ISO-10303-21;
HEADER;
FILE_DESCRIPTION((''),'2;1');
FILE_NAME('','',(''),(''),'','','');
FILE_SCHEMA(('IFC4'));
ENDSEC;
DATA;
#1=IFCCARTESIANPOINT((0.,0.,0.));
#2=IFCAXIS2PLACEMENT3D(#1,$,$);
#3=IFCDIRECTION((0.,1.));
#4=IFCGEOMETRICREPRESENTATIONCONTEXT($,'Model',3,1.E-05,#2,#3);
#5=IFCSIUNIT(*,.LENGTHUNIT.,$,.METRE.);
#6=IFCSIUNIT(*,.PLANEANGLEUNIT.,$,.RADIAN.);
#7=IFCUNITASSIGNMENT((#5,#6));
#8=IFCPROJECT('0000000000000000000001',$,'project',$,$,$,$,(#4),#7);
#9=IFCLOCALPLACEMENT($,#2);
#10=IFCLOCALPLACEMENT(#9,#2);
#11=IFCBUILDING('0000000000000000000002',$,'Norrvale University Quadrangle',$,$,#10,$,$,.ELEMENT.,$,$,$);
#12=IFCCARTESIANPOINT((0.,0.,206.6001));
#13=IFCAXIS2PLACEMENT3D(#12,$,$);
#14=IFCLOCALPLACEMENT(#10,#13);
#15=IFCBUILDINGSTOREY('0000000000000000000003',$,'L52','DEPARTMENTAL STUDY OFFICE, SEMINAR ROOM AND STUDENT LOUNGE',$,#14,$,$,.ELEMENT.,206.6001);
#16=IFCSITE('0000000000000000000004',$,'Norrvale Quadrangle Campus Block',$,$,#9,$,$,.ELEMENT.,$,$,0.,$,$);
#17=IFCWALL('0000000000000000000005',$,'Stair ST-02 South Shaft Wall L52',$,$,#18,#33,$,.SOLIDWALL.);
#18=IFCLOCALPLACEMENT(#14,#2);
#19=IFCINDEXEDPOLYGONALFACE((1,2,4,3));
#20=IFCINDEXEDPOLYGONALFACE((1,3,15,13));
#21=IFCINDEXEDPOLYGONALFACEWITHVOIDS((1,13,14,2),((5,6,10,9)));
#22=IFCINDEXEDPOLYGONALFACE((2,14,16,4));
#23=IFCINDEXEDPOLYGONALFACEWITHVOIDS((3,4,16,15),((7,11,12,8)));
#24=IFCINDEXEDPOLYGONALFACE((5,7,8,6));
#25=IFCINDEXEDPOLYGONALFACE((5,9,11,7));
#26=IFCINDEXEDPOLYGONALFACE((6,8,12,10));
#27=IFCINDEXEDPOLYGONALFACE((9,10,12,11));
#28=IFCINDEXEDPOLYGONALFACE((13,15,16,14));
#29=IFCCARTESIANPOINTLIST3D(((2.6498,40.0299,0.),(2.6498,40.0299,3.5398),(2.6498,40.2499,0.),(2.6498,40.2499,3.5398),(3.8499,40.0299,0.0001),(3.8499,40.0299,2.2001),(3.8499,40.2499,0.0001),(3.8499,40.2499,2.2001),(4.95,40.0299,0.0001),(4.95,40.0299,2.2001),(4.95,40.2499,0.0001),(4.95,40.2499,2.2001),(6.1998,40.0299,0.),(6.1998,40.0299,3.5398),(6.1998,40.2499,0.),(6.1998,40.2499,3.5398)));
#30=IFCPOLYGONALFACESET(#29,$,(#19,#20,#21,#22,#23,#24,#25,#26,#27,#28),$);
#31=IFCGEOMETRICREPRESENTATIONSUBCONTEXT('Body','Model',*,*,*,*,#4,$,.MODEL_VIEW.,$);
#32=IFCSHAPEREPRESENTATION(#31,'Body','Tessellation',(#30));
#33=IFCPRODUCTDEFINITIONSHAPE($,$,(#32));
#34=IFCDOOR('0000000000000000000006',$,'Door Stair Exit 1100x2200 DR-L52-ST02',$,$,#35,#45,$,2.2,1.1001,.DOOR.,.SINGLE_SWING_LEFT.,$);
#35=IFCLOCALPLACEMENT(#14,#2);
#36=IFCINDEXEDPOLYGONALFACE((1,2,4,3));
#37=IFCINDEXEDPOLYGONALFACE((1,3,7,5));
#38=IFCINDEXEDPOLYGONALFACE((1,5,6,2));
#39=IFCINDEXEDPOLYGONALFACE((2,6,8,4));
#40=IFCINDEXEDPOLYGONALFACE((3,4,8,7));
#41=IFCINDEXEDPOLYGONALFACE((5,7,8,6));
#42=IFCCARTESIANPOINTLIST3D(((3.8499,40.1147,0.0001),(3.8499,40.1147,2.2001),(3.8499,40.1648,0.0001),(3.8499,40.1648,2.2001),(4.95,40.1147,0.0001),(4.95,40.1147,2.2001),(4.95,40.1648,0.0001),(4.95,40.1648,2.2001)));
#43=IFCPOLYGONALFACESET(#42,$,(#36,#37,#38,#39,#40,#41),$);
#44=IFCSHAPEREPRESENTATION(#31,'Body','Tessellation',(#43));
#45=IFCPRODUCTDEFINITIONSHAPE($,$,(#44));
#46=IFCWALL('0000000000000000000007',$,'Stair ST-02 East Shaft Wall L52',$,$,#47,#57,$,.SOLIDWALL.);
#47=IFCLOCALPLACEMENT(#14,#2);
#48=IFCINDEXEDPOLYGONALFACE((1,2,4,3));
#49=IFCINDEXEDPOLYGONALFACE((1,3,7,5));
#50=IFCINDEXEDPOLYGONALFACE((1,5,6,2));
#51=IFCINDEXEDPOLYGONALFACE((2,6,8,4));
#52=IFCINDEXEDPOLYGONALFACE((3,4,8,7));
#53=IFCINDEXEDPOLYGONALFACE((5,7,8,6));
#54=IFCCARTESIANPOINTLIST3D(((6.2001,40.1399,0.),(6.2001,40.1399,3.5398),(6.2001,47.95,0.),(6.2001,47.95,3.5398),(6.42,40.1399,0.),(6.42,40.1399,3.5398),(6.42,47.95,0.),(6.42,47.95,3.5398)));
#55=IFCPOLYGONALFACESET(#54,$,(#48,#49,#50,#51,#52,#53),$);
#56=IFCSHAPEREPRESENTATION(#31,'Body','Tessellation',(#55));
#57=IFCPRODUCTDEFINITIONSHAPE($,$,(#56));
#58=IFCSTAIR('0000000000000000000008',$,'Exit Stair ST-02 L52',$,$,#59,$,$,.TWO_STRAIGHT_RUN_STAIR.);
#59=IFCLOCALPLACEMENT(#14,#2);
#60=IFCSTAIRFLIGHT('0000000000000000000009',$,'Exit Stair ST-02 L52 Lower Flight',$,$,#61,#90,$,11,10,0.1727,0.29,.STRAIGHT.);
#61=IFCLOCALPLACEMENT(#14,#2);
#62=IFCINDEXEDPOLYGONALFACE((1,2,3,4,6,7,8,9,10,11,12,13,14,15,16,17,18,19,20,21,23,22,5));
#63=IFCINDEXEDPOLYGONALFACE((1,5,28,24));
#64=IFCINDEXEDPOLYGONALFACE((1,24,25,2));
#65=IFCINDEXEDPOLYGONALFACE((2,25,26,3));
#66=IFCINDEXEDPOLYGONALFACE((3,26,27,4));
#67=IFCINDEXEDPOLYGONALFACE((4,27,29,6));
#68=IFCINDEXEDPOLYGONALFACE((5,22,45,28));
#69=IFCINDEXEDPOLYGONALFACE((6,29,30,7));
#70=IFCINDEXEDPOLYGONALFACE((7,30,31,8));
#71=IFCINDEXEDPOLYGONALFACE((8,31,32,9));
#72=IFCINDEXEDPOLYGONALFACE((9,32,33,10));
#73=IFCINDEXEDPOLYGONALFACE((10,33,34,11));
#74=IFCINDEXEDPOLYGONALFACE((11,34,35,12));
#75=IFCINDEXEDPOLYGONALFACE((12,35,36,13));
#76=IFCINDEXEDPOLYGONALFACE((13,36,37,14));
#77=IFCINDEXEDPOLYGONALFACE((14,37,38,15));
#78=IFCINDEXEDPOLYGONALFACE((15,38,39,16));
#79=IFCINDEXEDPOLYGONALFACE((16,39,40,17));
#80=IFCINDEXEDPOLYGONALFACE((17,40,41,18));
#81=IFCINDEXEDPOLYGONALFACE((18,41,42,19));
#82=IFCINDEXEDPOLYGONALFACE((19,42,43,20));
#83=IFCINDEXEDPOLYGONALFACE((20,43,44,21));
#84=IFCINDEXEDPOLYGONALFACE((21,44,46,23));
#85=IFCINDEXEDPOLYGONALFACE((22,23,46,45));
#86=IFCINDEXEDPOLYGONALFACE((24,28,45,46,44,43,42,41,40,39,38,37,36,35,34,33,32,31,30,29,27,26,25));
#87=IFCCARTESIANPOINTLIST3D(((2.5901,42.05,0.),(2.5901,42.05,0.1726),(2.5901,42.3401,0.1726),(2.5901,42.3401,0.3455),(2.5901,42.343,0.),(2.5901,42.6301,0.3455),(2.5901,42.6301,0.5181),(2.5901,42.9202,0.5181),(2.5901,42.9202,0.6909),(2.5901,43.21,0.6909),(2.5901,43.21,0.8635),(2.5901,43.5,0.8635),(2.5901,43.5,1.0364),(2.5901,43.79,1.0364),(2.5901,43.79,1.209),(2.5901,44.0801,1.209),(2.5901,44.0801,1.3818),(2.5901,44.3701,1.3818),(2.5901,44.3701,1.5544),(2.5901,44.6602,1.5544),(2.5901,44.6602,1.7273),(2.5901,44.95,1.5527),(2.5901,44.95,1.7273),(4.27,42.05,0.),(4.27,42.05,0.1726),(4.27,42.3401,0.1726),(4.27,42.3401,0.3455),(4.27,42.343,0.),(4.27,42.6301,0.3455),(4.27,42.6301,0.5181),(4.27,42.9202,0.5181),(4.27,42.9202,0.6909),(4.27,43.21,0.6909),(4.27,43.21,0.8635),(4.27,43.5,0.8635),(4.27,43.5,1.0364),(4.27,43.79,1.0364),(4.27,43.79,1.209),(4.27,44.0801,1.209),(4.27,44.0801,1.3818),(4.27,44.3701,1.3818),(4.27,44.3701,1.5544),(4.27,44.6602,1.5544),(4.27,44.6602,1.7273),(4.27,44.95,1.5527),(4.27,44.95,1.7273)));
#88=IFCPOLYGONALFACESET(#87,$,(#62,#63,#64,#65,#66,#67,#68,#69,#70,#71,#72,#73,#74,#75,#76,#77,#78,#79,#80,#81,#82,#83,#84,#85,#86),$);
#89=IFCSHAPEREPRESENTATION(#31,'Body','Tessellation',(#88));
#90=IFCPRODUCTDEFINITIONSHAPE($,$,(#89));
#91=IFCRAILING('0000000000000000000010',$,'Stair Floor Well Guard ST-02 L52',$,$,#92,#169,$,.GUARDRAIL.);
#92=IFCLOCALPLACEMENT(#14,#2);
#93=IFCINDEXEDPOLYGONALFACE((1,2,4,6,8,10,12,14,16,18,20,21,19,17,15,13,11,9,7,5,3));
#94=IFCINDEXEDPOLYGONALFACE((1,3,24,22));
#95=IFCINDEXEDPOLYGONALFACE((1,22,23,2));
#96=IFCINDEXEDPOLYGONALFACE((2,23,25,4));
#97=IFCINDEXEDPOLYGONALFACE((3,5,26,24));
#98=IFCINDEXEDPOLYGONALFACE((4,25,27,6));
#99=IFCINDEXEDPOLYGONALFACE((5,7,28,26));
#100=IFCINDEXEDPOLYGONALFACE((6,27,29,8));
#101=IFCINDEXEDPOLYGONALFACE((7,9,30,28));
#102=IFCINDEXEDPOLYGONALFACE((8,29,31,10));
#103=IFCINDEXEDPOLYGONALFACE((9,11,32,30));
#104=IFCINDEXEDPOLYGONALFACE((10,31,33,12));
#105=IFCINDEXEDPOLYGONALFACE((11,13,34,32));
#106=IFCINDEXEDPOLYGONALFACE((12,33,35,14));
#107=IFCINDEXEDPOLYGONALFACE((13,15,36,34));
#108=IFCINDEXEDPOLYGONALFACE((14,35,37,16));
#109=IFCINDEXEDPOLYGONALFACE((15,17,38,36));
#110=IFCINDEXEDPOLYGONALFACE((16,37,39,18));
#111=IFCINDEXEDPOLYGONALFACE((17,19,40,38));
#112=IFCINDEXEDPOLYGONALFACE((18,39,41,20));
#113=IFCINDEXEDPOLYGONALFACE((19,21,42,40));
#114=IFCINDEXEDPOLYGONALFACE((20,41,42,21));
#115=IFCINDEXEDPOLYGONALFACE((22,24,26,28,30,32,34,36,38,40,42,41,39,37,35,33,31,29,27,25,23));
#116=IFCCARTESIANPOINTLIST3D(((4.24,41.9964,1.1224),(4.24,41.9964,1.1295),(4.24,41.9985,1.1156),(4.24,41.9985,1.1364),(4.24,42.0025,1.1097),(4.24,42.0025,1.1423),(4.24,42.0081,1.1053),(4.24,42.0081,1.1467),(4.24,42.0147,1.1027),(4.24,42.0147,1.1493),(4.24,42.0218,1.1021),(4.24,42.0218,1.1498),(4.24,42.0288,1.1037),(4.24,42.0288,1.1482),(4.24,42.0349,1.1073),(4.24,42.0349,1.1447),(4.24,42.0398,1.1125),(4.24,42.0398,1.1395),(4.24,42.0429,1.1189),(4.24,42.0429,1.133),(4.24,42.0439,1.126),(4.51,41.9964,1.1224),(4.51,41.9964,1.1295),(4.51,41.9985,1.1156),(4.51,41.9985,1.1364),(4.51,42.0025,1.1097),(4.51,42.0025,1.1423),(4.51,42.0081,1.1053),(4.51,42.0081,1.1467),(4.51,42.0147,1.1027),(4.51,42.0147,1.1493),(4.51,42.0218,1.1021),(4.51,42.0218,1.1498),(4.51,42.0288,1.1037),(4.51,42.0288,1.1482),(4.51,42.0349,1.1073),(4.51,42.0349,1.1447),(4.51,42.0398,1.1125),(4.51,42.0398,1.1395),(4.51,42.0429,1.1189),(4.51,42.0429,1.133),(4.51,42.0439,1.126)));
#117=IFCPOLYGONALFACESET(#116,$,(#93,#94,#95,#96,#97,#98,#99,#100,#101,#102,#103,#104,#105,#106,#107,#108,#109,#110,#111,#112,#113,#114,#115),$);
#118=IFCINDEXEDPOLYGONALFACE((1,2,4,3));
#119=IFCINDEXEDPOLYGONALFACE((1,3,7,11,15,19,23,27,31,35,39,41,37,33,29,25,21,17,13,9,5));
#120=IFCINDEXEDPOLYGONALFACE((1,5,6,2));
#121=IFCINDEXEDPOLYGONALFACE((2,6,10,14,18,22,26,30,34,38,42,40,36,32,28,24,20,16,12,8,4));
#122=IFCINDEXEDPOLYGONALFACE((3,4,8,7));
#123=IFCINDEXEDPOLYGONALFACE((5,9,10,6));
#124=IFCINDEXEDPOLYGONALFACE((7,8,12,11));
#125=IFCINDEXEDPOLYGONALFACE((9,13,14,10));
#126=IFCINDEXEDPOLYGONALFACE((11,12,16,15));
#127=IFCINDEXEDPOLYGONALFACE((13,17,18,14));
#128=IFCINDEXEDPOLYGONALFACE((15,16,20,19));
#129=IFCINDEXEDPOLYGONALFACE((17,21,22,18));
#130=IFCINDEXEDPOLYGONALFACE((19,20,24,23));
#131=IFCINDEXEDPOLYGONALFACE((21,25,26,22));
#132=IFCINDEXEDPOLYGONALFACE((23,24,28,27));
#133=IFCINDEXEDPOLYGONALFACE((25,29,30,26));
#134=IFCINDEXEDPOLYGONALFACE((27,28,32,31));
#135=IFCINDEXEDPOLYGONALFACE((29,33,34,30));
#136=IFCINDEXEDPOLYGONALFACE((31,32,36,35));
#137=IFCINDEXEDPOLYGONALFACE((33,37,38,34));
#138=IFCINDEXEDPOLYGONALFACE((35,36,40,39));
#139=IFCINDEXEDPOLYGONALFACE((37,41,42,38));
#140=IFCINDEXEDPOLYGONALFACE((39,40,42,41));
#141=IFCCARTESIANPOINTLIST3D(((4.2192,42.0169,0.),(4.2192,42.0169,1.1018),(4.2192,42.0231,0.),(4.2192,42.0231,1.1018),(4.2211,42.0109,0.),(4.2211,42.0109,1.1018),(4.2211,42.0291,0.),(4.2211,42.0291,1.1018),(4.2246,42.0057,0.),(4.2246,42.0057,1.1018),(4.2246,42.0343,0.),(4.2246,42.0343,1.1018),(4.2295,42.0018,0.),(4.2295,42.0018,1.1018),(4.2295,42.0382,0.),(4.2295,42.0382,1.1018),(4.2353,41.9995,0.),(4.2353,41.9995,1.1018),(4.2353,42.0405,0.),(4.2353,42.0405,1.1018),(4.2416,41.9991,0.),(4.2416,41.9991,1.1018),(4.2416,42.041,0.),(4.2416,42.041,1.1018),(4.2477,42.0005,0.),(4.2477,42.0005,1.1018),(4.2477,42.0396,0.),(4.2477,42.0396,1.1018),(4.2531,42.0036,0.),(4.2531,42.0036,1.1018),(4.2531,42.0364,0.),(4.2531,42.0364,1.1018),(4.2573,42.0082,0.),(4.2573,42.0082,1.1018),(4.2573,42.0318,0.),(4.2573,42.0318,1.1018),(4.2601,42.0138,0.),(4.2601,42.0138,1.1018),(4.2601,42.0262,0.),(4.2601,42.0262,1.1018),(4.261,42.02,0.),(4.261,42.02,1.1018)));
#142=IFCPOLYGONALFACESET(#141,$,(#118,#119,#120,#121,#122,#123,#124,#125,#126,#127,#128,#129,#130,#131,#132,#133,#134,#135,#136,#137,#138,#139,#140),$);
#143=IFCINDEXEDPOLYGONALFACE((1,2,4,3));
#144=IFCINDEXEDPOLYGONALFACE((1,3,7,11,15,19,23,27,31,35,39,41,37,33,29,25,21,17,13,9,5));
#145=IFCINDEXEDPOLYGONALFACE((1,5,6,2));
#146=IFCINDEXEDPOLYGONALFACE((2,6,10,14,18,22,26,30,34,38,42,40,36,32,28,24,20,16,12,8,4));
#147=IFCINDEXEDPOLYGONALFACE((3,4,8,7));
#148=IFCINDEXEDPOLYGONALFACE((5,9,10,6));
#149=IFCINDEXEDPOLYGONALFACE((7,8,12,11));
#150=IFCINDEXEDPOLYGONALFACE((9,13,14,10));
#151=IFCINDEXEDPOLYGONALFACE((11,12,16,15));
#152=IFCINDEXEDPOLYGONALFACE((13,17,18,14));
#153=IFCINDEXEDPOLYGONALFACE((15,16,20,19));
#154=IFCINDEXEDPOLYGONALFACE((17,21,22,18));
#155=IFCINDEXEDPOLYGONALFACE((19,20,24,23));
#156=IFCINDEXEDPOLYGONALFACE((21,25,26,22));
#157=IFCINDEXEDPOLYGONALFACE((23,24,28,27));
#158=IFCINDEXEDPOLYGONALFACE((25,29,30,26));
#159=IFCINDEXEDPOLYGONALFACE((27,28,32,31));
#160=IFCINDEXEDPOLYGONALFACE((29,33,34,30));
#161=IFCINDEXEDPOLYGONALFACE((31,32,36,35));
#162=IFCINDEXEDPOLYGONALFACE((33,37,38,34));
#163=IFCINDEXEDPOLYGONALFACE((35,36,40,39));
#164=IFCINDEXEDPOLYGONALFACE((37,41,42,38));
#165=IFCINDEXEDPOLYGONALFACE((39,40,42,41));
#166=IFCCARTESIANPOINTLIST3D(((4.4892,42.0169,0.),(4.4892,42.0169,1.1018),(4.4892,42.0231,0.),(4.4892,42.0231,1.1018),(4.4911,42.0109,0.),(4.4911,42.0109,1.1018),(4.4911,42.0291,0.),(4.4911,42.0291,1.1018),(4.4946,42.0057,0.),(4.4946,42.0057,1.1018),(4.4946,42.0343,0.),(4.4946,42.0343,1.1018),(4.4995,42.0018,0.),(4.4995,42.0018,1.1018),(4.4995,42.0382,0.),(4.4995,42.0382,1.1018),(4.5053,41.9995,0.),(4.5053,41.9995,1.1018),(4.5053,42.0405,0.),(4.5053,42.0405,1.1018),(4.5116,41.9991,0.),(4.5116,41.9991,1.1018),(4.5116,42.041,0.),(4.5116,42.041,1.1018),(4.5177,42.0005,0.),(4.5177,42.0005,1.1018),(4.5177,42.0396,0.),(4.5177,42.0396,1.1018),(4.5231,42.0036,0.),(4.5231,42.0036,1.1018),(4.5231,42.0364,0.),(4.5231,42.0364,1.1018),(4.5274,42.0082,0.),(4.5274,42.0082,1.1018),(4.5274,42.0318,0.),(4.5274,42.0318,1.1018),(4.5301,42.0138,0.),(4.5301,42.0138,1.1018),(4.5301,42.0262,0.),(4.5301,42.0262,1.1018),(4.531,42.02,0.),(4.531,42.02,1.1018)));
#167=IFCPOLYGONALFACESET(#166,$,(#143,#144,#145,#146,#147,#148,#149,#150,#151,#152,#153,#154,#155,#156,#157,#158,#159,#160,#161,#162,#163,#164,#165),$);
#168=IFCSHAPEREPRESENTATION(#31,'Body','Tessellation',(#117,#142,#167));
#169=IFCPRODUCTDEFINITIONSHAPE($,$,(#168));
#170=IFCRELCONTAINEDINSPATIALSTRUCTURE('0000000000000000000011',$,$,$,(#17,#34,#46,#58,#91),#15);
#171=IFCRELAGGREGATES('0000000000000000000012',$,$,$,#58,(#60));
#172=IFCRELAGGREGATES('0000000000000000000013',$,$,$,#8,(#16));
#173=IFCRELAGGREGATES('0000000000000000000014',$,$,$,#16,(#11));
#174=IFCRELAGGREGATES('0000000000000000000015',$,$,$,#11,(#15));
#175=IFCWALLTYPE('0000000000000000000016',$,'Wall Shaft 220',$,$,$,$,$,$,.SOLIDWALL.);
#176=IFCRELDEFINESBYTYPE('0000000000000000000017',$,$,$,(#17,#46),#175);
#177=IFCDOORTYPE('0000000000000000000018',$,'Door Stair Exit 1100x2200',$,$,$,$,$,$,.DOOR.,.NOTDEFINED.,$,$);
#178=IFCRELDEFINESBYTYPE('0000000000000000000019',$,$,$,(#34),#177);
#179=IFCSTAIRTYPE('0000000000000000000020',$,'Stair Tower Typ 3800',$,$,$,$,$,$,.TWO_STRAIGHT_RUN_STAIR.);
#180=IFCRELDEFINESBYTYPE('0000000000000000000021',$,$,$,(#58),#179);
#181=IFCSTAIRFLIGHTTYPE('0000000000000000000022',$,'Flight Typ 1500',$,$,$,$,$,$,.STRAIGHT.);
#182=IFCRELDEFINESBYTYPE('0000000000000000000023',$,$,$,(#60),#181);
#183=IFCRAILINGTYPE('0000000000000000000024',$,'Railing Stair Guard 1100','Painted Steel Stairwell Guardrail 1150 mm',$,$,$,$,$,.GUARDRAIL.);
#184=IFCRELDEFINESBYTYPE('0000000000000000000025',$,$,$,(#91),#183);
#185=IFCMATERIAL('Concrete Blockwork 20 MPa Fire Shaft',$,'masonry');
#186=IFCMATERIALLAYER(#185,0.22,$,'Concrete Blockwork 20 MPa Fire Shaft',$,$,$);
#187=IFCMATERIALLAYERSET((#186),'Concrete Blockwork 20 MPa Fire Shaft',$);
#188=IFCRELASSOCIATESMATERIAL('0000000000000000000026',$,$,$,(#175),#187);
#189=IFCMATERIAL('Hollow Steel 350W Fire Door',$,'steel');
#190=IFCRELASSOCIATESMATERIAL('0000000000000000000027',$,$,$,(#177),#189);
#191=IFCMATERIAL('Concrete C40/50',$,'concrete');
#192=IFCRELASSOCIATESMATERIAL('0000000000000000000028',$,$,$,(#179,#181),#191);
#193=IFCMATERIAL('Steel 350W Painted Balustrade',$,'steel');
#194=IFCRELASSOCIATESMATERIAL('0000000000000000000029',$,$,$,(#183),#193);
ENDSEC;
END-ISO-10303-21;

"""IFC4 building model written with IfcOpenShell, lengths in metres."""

from ifc_helpers import new_model, si_unit, direction, frame, frame_2d, origin, origin_2d, place, context, subcontext, project, spatial, polyline, rectangle, circle, outline, extrude, material, layer, layer_set, type_object, element, fill, aggregate, save


model = new_model("IFC4")

# Units and contexts
model_context = context("Model", 3, precision=1e-05, world=origin(), true_north=direction((0.0, 1.0)))
body_context = subcontext(model_context, "Body", "Model", "MODEL_VIEW")
ifc_project = project(units=[si_unit("LENGTHUNIT", "METRE"), si_unit("PLANEANGLEUNIT", "RADIAN")], contexts=[model_context])

# Site, building, storey
site_placement = place(None, origin())
site = spatial("IfcSite", under=ifc_project, at=site_placement, Name="Norrvale Quadrangle Campus Block", CompositionType="ELEMENT", RefElevation=0.0)
building_placement = place(site_placement, origin())
building = spatial("IfcBuilding", under=site, at=building_placement, Name="Norrvale University Quadrangle", CompositionType="ELEMENT")
storey_placement = place(building_placement, frame((0.0, 0.0, 206.6001)))
storey = spatial("IfcBuildingStorey", under=building, at=storey_placement, Name="L52", Description="DEPARTMENTAL STUDY OFFICE, SEMINAR ROOM AND STUDENT LOUNGE", CompositionType="ELEMENT", Elevation=206.6001)

# Wall, opening, door
ifc_material_1 = material(Name="Concrete Blockwork 20 MPa Fire Shaft", Category="masonry")
ifc_layer_1 = layer(ifc_material_1, 0.22, Name="Concrete Blockwork 20 MPa Fire Shaft")
ifc_layer_set_1 = layer_set([ifc_layer_1], Name="Concrete Blockwork 20 MPa Fire Shaft")
wall_type_1 = type_object("IfcWallType", Name="Wall Shaft 220", PredefinedType="SOLIDWALL", material=ifc_layer_set_1)
wall_1_placement = place(storey_placement, frame((2.6499, 40.1399, 0.0), z_axis=(0.0, 0.0, 1.0), x_axis=(1.0, 0.0, 0.0)))
wall_1 = element("IfcWall", 1, at=wall_1_placement, inside=storey, type_object=wall_type_1, Name="Stair ST-02 South Shaft Wall L52", PredefinedType="SOLIDWALL", context=body_context, shape_type="SweptSolid", body=[
    extrude(rectangle(XDim=3.55, YDim=0.22, at=frame_2d((1.7749, 0.0))), origin(), (0.0, 0.0, 1.0), 3.5398),
])
opening_placement = place(wall_1_placement, frame((1.2, 0.0, 0.0)))
opening = element("IfcOpeningElement", 2, at=opening_placement, cuts=wall_1, PredefinedType="OPENING", context=body_context, shape_type="SweptSolid", body=[
    extrude(rectangle(XDim=1.1001, YDim=2.2, at=frame_2d((0.55, 1.1001))), frame((0.0, 0.1221, 0.0), z_axis=(0.0, -1.0, 0.0), x_axis=(1.0, 0.0, 0.0)), (0.0, 0.0, 1.0), 0.2439),
])
ifc_material_2 = material(Name="Hollow Steel 350W Fire Door", Category="steel")
door_type = type_object("IfcDoorType", Name="Door Stair Exit 1100x2200", OperationType="NOTDEFINED", PredefinedType="DOOR", material=ifc_material_2)
door_placement = place(opening_placement, origin())
door = element("IfcDoor", 3, at=door_placement, inside=storey, type_object=door_type, Name="Door Stair Exit 1100x2200 DR-L52-ST02", OperationType="SINGLE_SWING_LEFT", OverallHeight=2.2, OverallWidth=1.1001, PredefinedType="DOOR", context=body_context, shape_type="SweptSolid", body=[
    extrude(rectangle(XDim=1.1001, YDim=2.2, at=frame_2d((0.55, 1.1001))), frame((0.0, 0.0249, 0.0), z_axis=(0.0, -1.0, 0.0), x_axis=(1.0, 0.0, 0.0)), (0.0, 0.0, 1.0), 0.05),
])
fill(opening, door)

# Wall
wall_2_placement = place(storey_placement, frame((6.3101, 40.1399, 0.0), z_axis=(0.0, 0.0, 1.0), x_axis=(0.0, 1.0, 0.0)))
element("IfcWall", 4, at=wall_2_placement, inside=storey, type_object=wall_type_1, Name="Stair ST-02 East Shaft Wall L52", PredefinedType="SOLIDWALL", context=body_context, shape_type="SweptSolid", body=[
    extrude(rectangle(XDim=7.8101, YDim=0.22, at=frame_2d((3.905, 0.0))), origin(), (0.0, 0.0, 1.0), 3.5398),
])

# Stair, stair flight
ifc_material_3 = material(Name="Concrete C40/50", Category="concrete")
stair_type = type_object("IfcStairType", Name="Stair Tower Typ 3800", PredefinedType="TWO_STRAIGHT_RUN_STAIR", material=ifc_material_3)
stair_placement = place(storey_placement, origin())
stair = element("IfcStair", 5, at=stair_placement, inside=storey, type_object=stair_type, Name="Exit Stair ST-02 L52", PredefinedType="TWO_STRAIGHT_RUN_STAIR")
stair_flight_type = type_object("IfcStairFlightType", Name="Flight Typ 1500", PredefinedType="STRAIGHT", material=ifc_material_3)
stair_flight_placement = place(storey_placement, frame((3.4299, 42.05, 0.0), z_axis=(0.0, 0.0, 1.0), x_axis=(0.0, 1.0, 0.0)))
stair_flight = element("IfcStairFlight", 6, at=stair_flight_placement, type_object=stair_flight_type, Name="Exit Stair ST-02 L52 Lower Flight", NumberOfRisers=11, NumberOfTreads=10, PredefinedType="STRAIGHT", RiserHeight=0.1727, TreadLength=0.29, context=body_context, shape_type="SweptSolid", body=[
    extrude(outline(polyline([(0.0, 0.0), (0.0, 0.1726), (0.29, 0.1726), (0.29, 0.3455), (0.5801, 0.3455), (0.5801, 0.5181), (0.8701, 0.5181), (0.8701, 0.6909), (1.1599, 0.6909), (1.1599, 0.8635), (1.45, 0.8635), (1.45, 1.0364), (1.74, 1.0364), (1.74, 1.209), (2.03, 1.209), (2.03, 1.3818), (2.3201, 1.3818), (2.3201, 1.5544), (2.6101, 1.5544), (2.6101, 1.7273), (2.8999, 1.7273), (2.8999, 1.8999), (2.8999, 1.5527), (0.293, 0.0), (0.0, 0.0)])), frame((0.0, 0.8398, 0.0), z_axis=(0.0, -1.0, 0.0), x_axis=(1.0, 0.0, 0.0)), (0.0, 0.0, 1.0), 1.6799),
])
aggregate(stair, [stair_flight])

# Railing
ifc_material_4 = material(Name="Steel 350W Painted Balustrade", Category="steel")
railing_type_1 = type_object("IfcRailingType", Name="Railing Stair Guard 1100", Description="Painted Steel Stairwell Guardrail 1150 mm", PredefinedType="GUARDRAIL", material=ifc_material_4)
railing_1_placement = place(storey_placement, frame((4.24, 42.02, 0.0)))
element("IfcRailing", 7, at=railing_1_placement, inside=storey, type_object=railing_type_1, Name="Stair Floor Well Guard ST-02 L52", PredefinedType="GUARDRAIL", context=body_context, shape_type="SweptSolid", body=[
    extrude(circle(Radius=0.0239, at=origin_2d()), frame((0.0, 0.0, 1.126), z_axis=(1.0, 0.0, 0.0), x_axis=(0.0, 1.0, 0.0)), (0.0, 0.0, 1.0), 0.27),
    extrude(circle(Radius=0.021, at=origin_2d()), origin(), (0.0, 0.0, 1.0), 1.1018),
    extrude(circle(Radius=0.021, at=origin_2d()), frame((0.27, 0.0, 0.0)), (0.0, 0.0, 1.0), 1.1018),
])

save(model, "model.ifc")
